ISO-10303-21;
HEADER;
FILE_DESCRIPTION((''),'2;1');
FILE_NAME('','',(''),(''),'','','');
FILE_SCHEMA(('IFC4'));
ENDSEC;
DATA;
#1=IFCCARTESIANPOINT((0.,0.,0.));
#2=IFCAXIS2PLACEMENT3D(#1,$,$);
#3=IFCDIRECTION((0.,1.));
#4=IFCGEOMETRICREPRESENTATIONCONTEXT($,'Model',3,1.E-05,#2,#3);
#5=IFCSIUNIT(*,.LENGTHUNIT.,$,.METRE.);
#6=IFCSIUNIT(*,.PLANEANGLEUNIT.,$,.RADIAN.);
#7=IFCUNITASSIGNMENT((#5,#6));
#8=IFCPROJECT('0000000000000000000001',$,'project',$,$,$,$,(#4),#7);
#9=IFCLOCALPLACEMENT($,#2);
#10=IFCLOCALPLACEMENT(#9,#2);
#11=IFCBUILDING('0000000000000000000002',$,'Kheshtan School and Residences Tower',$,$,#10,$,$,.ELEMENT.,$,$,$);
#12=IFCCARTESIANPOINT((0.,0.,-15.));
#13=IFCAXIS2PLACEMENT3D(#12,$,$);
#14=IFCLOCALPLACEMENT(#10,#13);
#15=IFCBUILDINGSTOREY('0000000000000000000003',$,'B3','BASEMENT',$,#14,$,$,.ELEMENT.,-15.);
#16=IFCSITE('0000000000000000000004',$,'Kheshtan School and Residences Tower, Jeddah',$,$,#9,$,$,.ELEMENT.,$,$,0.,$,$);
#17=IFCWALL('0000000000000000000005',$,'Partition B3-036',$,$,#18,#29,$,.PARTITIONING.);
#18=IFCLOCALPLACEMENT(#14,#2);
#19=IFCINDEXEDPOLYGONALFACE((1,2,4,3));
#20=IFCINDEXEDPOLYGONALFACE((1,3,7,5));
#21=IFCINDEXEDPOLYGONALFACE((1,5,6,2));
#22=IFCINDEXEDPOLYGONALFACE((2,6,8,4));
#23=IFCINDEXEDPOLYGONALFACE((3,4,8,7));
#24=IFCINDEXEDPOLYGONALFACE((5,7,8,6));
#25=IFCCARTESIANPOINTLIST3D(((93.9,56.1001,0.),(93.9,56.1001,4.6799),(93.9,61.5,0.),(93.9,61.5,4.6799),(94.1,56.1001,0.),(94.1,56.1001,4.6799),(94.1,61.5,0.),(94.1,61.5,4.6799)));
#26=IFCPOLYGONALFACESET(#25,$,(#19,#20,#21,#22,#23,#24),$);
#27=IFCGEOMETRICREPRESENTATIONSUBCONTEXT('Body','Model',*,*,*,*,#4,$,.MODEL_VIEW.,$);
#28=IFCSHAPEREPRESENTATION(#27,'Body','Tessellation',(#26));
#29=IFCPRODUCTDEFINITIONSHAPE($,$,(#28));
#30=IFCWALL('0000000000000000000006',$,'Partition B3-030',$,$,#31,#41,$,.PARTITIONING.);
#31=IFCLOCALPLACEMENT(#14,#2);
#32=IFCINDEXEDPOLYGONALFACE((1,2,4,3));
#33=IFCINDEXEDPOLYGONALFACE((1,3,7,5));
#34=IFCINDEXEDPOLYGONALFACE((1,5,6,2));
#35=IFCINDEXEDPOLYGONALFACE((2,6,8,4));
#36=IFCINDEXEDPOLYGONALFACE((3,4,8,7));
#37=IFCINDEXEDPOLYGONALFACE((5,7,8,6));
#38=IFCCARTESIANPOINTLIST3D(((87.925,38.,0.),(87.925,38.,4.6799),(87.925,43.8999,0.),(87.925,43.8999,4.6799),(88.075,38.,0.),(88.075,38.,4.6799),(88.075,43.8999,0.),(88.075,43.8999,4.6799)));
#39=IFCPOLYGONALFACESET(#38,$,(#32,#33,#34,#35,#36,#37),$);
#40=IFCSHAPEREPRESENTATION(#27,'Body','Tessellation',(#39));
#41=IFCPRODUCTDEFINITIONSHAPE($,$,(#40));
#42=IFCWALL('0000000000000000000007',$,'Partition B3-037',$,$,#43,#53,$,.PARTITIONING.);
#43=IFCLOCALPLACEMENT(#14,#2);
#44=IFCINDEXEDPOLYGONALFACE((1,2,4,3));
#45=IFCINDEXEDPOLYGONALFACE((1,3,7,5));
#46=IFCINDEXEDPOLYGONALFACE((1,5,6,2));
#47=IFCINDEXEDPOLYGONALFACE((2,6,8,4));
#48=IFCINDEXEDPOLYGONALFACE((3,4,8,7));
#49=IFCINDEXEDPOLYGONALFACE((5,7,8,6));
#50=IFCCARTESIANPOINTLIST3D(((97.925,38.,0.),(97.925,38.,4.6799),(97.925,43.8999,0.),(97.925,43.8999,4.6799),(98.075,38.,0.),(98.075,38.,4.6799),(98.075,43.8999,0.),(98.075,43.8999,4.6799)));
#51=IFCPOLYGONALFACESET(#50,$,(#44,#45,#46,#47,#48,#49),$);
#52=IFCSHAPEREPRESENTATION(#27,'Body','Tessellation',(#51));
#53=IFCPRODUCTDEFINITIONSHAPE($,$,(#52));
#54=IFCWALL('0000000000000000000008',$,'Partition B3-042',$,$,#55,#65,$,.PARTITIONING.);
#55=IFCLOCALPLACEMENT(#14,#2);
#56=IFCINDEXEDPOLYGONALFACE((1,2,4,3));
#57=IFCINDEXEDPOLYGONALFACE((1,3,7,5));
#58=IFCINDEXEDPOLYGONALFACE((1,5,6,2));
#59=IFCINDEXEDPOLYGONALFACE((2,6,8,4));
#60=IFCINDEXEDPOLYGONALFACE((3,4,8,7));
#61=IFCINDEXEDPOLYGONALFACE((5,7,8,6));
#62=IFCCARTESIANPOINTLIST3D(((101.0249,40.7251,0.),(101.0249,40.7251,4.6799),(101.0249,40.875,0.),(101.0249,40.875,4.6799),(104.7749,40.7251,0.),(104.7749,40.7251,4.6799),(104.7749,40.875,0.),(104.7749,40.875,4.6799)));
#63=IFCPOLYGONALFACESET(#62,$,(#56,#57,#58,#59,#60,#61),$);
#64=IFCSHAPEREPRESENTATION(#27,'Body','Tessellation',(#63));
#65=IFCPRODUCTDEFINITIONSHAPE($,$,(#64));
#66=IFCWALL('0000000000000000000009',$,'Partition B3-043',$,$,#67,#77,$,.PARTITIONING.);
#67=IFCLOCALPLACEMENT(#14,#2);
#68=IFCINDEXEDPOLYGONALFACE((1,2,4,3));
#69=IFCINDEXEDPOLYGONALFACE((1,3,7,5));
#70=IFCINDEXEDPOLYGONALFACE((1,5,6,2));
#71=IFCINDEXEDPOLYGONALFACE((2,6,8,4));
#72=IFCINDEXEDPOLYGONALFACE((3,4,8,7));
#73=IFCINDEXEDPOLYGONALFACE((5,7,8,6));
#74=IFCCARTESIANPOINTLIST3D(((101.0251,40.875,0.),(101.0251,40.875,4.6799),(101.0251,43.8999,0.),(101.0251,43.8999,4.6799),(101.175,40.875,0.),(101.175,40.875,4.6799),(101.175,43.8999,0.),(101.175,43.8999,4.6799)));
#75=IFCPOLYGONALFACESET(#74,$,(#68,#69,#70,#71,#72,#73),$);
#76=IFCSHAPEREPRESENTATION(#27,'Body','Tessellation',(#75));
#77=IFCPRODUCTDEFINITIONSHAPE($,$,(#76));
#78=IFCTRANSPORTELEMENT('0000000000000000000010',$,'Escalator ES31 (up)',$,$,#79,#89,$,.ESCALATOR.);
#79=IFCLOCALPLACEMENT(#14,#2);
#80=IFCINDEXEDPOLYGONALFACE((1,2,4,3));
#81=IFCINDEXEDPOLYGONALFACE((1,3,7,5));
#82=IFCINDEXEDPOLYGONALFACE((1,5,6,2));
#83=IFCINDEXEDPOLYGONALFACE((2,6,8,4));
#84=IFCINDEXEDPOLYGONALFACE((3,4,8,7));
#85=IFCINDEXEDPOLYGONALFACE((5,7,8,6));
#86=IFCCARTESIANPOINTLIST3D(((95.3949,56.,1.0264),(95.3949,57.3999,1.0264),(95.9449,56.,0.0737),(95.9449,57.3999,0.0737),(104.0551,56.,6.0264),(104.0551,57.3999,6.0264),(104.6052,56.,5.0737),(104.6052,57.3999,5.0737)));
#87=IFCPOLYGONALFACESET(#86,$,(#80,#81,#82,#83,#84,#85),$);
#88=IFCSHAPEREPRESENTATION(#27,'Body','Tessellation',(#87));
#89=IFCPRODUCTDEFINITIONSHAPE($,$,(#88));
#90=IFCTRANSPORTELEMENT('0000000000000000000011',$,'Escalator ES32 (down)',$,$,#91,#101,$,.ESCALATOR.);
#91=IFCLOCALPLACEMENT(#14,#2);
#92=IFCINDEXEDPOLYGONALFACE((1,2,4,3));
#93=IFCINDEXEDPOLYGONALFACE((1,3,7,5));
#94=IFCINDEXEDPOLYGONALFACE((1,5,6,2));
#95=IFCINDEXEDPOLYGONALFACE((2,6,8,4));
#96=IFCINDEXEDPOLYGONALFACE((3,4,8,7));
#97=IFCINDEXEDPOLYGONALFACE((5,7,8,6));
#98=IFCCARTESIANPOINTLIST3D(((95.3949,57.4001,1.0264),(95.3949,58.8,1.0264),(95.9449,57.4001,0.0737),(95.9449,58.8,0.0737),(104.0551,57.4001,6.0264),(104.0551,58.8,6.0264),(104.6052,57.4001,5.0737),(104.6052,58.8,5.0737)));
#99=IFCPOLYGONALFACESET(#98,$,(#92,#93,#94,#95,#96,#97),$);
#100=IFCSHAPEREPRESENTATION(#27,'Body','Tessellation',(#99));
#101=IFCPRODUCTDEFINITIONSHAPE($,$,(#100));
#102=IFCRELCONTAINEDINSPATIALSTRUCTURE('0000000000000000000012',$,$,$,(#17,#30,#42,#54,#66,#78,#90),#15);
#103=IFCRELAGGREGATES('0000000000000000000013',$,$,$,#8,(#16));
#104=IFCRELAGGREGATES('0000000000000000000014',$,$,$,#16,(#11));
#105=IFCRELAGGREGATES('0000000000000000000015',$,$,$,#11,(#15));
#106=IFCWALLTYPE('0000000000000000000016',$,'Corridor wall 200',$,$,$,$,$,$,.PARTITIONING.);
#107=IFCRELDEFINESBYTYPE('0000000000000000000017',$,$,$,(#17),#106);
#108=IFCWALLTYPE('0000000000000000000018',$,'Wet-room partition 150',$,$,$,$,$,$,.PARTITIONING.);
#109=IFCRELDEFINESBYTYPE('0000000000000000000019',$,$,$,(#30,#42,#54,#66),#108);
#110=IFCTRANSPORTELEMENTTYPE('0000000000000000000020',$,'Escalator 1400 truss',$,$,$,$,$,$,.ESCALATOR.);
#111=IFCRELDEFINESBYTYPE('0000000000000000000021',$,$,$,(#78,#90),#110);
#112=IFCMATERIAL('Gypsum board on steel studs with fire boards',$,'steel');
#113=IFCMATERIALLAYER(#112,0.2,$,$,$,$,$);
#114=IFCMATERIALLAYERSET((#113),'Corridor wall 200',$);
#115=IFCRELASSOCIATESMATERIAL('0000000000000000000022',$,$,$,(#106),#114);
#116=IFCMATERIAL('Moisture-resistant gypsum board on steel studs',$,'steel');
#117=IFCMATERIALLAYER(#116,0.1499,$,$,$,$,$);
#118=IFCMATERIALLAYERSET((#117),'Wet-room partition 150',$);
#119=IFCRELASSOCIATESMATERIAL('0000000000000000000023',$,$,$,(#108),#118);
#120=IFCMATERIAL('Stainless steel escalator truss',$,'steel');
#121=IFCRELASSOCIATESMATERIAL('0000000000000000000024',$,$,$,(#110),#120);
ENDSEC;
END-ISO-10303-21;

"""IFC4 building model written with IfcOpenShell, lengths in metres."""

from ifc_helpers import new_model, si_unit, direction, frame, frame_2d, origin, origin_2d, place, context, subcontext, project, spatial, rectangle, extrude, material, layer, layer_set, material_profile, profile_set, type_object, element, save


model = new_model("IFC4")

# Units and contexts
model_context = context("Model", 3, precision=1e-05, world=origin(), true_north=direction((0.0, 1.0)))
body_context = subcontext(model_context, "Body", "Model", "MODEL_VIEW")
ifc_project = project(units=[si_unit("LENGTHUNIT", "METRE"), si_unit("PLANEANGLEUNIT", "RADIAN")], contexts=[model_context])

# Site, building, storey
site_placement = place(None, origin())
site = spatial("IfcSite", under=ifc_project, at=site_placement, Name="Kheshtan School and Residences Tower, Jeddah", CompositionType="ELEMENT", RefElevation=0.0)
building_placement = place(site_placement, origin())
building = spatial("IfcBuilding", under=site, at=building_placement, Name="Kheshtan School and Residences Tower", CompositionType="ELEMENT")
storey_placement = place(building_placement, frame((0.0, 0.0, -15.0)))
storey = spatial("IfcBuildingStorey", under=building, at=storey_placement, Name="B3", Description="BASEMENT", CompositionType="ELEMENT", Elevation=-15.0)

# Walls
ifc_material_1 = material(Name="Gypsum board on steel studs with fire boards", Category="steel")
ifc_layer_1 = layer(ifc_material_1, 0.2)
ifc_layer_set_1 = layer_set([ifc_layer_1], Name="Corridor wall 200")
wall_type_1 = type_object("IfcWallType", Name="Corridor wall 200", PredefinedType="PARTITIONING", material=ifc_layer_set_1)
wall_1_placement = place(storey_placement, frame((94.0, 56.1001, 0.0), z_axis=(0.0, 0.0, 1.0), x_axis=(0.0, 1.0, 0.0)))
element("IfcWall", 1, at=wall_1_placement, inside=storey, type_object=wall_type_1, Name="Partition B3-036", PredefinedType="PARTITIONING", context=body_context, shape_type="SweptSolid", body=[
    extrude(rectangle(XDim=5.3999, YDim=0.2, at=frame_2d((2.7, 0.0))), origin(), (0.0, 0.0, 1.0), 4.6799),
])
ifc_material_2 = material(Name="Moisture-resistant gypsum board on steel studs", Category="steel")
ifc_layer_2 = layer(ifc_material_2, 0.1499)
ifc_layer_set_2 = layer_set([ifc_layer_2], Name="Wet-room partition 150")
wall_type_2 = type_object("IfcWallType", Name="Wet-room partition 150", PredefinedType="PARTITIONING", material=ifc_layer_set_2)
for number, where, z_axis, x_axis, name in (
    (2, (88.0, 38.0, 0.0), (0.0, 0.0, 1.0), (0.0, 1.0, 0.0), "Partition B3-030"),
    (3, (98.0, 38.0, 0.0), (0.0, 0.0, 1.0), (0.0, 1.0, 0.0), "Partition B3-037"),
):
    element("IfcWall", number, at=place(storey_placement, frame(where, z_axis=z_axis, x_axis=x_axis)), inside=storey, type_object=wall_type_2, Name=name, PredefinedType="PARTITIONING", context=body_context, shape_type="SweptSolid", body=[
        extrude(rectangle(XDim=5.8999, YDim=0.1499, at=frame_2d((2.95, 0.0))), origin(), (0.0, 0.0, 1.0), 4.6799),
    ])
wall_2_placement = place(storey_placement, frame((101.0249, 40.8, 0.0), z_axis=(0.0, 0.0, 1.0), x_axis=(1.0, 0.0, 0.0)))
element("IfcWall", 4, at=wall_2_placement, inside=storey, type_object=wall_type_2, Name="Partition B3-042", PredefinedType="PARTITIONING", context=body_context, shape_type="SweptSolid", body=[
    extrude(rectangle(XDim=3.75, YDim=0.1499, at=frame_2d((1.875, 0.0))), origin(), (0.0, 0.0, 1.0), 4.6799),
])
wall_3_placement = place(storey_placement, frame((101.1001, 40.875, 0.0), z_axis=(0.0, 0.0, 1.0), x_axis=(0.0, 1.0, 0.0)))
element("IfcWall", 5, at=wall_3_placement, inside=storey, type_object=wall_type_2, Name="Partition B3-043", PredefinedType="PARTITIONING", context=body_context, shape_type="SweptSolid", body=[
    extrude(rectangle(XDim=3.0249, YDim=0.1499, at=frame_2d((1.5125, 0.0))), origin(), (0.0, 0.0, 1.0), 4.6799),
])

# Transport elements
ifc_material_3 = material(Name="Stainless steel escalator truss", Category="steel")
ifc_material_profile_1 = material_profile(ifc_material_3, rectangle(XDim=1.3999, YDim=1.1001, at=origin_2d()), Name="Escalator 1400 truss")
ifc_profile_set_1 = profile_set([ifc_material_profile_1], Name="Stainless steel escalator truss")
transport_element_type = type_object("IfcTransportElementType", Name="Escalator 1400 truss", PredefinedType="ESCALATOR", material=ifc_profile_set_1)
for number, where, z_axis, x_axis, name in (
    (6, (95.6699, 56.7, 0.55), (0.866023, 0.0, 0.500004), (0.0, 1.0, 0.0), "Escalator ES31 (up)"),
    (7, (95.6699, 58.1001, 0.55), (0.866023, 0.0, 0.500004), (0.0, 1.0, 0.0), "Escalator ES32 (down)"),
):
    element("IfcTransportElement", number, at=place(storey_placement, frame(where, z_axis=z_axis, x_axis=x_axis)), inside=storey, type_object=transport_element_type, Name=name, PredefinedType="ESCALATOR", context=body_context, shape_type="SweptSolid", body=[
        extrude(rectangle(XDim=1.3999, YDim=1.1001, at=origin_2d()), origin(), (0.0, 0.0, 1.0), 10.0),
    ])

save(model, "model.ifc")
